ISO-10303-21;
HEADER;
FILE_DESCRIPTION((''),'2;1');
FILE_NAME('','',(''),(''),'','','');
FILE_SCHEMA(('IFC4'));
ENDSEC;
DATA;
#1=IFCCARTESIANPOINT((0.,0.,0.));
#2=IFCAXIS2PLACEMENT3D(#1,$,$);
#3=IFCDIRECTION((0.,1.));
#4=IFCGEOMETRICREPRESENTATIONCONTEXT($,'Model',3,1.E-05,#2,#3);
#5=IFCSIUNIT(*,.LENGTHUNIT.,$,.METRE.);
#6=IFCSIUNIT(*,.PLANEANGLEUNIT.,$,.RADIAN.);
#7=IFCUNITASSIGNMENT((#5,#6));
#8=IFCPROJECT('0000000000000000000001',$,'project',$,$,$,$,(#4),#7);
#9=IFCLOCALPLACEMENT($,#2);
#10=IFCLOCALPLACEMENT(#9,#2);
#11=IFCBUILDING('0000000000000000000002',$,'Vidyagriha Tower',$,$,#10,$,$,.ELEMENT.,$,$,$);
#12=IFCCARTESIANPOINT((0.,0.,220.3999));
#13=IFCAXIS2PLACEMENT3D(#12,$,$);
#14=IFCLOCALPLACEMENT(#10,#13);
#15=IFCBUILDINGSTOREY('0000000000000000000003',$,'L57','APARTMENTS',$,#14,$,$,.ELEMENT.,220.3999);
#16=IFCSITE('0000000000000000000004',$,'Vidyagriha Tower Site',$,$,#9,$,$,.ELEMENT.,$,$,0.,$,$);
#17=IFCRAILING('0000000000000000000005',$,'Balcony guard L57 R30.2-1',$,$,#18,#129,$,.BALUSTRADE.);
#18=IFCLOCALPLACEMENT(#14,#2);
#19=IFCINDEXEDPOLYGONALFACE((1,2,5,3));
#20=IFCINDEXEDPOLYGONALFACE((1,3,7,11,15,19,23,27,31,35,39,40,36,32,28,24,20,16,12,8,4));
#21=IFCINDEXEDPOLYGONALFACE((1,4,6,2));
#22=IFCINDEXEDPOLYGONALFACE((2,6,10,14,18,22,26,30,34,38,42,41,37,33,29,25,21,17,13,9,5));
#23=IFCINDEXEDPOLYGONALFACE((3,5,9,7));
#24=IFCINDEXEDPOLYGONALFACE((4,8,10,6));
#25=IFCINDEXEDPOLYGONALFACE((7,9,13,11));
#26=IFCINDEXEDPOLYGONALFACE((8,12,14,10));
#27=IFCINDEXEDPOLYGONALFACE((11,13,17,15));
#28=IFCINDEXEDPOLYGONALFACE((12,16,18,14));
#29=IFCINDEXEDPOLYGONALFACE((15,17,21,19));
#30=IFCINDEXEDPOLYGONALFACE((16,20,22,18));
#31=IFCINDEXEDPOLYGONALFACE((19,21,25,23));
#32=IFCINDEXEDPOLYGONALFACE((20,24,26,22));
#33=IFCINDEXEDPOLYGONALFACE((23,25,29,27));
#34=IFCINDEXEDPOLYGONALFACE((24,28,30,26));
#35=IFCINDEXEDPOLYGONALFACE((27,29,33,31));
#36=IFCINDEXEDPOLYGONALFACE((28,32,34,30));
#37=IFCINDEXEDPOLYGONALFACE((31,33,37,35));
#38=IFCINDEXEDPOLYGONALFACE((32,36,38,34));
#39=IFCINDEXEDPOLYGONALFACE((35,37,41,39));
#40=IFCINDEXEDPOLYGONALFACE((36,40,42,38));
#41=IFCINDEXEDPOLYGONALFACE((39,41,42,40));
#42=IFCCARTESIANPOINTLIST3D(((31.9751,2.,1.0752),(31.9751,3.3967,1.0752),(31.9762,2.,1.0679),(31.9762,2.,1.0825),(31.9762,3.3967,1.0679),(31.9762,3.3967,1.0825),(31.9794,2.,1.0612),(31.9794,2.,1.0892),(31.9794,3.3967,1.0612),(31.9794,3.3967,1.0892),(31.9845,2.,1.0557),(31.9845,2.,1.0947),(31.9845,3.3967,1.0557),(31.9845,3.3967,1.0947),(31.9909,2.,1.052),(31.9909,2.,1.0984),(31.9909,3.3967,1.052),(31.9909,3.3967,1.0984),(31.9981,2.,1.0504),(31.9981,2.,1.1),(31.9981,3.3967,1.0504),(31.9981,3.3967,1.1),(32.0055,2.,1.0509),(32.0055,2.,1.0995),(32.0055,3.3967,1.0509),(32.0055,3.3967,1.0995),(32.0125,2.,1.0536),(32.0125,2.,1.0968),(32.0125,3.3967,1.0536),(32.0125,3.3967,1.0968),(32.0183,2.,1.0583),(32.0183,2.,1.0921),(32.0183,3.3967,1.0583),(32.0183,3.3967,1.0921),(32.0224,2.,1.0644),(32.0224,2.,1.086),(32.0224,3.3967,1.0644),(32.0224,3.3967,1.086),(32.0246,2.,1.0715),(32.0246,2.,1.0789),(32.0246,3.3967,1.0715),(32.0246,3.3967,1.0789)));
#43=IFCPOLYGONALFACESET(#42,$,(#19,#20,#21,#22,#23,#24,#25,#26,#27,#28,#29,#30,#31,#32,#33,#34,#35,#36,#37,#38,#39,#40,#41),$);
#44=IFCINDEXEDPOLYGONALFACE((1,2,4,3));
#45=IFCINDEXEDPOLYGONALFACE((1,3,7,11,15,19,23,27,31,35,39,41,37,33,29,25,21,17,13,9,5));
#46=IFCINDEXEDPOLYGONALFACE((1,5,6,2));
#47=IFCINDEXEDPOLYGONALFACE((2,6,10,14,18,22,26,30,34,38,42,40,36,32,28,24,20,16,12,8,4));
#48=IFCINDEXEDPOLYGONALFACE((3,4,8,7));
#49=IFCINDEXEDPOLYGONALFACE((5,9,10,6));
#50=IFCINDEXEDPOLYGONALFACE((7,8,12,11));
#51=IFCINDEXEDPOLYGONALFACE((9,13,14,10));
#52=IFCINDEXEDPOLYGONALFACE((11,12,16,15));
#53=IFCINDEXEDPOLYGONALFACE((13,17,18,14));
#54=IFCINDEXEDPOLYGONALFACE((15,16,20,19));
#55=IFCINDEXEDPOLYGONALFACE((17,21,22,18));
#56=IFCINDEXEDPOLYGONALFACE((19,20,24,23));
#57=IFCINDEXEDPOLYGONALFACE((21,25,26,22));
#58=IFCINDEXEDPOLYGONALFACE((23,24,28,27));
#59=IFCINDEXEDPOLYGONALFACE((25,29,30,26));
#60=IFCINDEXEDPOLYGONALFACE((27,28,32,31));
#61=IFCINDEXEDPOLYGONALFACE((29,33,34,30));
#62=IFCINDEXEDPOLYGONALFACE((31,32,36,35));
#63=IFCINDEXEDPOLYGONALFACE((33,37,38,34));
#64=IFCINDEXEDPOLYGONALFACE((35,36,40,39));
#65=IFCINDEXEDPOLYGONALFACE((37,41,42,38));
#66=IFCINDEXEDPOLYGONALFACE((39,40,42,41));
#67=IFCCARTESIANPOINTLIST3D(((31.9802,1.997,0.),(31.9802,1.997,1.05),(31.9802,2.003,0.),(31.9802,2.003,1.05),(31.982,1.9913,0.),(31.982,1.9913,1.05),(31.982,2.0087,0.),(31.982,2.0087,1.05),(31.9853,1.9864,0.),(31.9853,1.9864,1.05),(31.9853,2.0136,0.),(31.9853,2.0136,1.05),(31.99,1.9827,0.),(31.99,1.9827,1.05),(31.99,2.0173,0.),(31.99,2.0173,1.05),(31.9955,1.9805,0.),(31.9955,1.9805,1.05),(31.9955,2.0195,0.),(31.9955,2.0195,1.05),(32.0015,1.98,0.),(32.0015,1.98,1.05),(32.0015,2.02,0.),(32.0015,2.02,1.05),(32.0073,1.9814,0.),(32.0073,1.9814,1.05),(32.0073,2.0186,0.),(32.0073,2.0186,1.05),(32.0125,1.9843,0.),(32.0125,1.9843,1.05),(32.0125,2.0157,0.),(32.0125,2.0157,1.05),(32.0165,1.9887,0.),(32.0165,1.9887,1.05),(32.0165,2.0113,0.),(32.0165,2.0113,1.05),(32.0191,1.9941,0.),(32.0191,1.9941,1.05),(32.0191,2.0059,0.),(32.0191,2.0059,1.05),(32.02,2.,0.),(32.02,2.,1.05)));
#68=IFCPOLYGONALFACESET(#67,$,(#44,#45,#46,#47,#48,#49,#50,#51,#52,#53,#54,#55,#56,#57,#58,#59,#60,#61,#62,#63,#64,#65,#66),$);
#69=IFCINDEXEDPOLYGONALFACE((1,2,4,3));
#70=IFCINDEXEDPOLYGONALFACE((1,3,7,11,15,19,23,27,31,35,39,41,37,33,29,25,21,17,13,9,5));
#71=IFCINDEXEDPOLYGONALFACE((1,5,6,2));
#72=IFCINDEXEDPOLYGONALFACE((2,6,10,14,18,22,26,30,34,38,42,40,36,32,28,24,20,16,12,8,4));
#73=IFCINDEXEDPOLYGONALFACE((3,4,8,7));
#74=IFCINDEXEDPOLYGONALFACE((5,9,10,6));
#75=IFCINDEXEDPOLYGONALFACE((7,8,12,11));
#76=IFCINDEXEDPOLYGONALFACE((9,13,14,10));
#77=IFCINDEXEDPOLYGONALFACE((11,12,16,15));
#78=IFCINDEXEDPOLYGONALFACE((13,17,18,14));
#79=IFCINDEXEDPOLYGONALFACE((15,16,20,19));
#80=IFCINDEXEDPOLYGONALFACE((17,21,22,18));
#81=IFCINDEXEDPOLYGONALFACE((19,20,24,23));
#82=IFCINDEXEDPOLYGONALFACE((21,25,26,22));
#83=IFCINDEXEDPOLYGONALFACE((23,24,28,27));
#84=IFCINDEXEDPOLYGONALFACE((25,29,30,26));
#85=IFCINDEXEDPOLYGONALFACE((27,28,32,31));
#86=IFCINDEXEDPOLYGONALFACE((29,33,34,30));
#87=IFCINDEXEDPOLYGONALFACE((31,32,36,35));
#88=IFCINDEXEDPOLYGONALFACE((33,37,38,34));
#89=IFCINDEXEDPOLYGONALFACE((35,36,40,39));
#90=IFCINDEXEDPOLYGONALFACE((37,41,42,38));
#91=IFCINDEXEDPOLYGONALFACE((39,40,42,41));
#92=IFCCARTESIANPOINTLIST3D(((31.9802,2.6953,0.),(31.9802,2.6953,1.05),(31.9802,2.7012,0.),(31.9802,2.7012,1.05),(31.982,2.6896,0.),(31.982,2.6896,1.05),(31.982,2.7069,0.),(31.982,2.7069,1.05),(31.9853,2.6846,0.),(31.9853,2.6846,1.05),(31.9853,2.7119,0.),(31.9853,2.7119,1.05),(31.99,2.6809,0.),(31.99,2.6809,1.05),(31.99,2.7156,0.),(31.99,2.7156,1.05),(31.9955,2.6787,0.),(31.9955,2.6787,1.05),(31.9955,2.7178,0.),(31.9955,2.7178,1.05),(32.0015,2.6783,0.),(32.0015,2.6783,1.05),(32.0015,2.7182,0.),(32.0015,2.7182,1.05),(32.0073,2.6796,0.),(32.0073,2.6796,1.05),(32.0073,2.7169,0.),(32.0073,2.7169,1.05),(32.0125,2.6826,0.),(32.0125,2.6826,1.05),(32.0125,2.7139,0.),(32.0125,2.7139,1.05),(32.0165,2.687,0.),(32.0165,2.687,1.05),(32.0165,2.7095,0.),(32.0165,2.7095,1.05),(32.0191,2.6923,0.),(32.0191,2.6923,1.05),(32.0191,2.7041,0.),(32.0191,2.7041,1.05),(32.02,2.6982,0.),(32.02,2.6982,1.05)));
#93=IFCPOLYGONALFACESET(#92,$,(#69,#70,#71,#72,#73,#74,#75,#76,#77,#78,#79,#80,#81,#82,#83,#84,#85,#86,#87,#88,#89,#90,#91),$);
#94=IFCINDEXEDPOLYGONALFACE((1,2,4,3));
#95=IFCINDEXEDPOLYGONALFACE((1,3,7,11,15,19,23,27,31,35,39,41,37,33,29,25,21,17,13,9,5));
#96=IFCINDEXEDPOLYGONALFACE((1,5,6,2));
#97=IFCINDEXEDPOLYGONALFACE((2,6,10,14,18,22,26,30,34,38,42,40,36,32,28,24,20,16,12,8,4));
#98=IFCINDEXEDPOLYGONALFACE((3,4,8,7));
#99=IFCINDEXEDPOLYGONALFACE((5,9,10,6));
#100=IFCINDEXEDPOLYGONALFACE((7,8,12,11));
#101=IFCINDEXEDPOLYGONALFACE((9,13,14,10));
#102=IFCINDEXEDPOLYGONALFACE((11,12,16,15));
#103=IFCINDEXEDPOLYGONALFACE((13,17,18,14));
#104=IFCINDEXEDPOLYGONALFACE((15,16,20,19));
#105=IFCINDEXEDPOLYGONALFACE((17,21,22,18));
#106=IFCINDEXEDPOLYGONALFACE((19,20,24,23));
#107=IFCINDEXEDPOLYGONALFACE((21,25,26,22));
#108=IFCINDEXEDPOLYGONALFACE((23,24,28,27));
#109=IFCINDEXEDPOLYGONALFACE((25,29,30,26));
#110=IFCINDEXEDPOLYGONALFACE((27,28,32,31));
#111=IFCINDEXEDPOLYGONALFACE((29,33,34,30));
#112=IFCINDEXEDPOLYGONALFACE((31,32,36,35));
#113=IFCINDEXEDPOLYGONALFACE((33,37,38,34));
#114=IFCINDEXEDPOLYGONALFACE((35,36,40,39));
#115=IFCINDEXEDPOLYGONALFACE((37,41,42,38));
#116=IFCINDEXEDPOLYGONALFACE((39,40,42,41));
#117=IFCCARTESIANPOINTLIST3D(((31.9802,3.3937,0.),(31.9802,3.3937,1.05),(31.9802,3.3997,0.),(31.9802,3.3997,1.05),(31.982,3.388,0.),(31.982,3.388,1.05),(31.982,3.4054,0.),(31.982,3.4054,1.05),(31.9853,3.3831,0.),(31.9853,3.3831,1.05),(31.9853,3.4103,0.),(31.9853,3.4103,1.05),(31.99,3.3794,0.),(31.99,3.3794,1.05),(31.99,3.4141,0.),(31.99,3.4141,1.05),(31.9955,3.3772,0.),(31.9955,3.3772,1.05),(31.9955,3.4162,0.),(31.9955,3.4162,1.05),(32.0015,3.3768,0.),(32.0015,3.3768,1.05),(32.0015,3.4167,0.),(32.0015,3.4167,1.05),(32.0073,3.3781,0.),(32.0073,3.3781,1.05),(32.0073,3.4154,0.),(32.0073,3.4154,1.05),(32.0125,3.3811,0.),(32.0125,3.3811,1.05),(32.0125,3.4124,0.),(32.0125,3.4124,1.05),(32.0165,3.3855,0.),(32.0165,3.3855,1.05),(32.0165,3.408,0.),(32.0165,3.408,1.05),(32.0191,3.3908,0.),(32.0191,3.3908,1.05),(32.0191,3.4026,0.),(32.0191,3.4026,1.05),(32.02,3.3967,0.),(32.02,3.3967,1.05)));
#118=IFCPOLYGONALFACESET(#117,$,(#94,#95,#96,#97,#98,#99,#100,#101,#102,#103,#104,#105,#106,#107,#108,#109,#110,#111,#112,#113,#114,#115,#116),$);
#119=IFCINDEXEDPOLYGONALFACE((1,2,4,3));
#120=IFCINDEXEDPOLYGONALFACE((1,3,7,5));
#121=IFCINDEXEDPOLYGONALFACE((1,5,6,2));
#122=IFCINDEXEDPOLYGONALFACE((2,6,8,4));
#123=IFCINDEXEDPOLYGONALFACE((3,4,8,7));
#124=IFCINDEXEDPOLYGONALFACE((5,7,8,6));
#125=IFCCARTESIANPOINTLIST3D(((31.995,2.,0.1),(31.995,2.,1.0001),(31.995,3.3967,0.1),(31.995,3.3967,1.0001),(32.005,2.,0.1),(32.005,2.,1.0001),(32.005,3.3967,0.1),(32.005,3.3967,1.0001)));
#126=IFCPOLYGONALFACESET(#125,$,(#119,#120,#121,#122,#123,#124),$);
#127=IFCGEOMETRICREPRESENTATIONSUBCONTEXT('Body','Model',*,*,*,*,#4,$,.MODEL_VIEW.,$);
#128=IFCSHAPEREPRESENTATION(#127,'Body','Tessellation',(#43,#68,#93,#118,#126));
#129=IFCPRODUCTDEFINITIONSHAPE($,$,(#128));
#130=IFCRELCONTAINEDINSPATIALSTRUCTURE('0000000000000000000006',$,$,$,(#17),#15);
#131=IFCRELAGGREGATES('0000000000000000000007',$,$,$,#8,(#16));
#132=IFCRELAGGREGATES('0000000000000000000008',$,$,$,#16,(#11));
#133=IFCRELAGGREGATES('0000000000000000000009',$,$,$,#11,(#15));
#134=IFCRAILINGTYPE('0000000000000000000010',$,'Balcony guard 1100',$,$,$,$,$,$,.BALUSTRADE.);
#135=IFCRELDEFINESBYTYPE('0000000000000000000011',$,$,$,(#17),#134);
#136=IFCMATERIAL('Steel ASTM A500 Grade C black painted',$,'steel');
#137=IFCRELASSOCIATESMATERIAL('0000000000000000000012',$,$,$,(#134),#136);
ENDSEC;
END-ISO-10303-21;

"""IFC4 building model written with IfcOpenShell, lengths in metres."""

from ifc_helpers import new_model, si_unit, direction, frame, origin, origin_2d, place, context, subcontext, project, spatial, rectangle, circle, extrude, material, type_object, element, save


model = new_model("IFC4")

# Units and contexts
model_context = context("Model", 3, precision=1e-05, world=origin(), true_north=direction((0.0, 1.0)))
body_context = subcontext(model_context, "Body", "Model", "MODEL_VIEW")
ifc_project = project(units=[si_unit("LENGTHUNIT", "METRE"), si_unit("PLANEANGLEUNIT", "RADIAN")], contexts=[model_context])

# Site, building, storey
site_placement = place(None, origin())
site = spatial("IfcSite", under=ifc_project, at=site_placement, Name="Vidyagriha Tower Site", CompositionType="ELEMENT", RefElevation=0.0)
building_placement = place(site_placement, origin())
building = spatial("IfcBuilding", under=site, at=building_placement, Name="Vidyagriha Tower", CompositionType="ELEMENT")
storey_placement = place(building_placement, frame((0.0, 0.0, 220.3999)))
storey = spatial("IfcBuildingStorey", under=building, at=storey_placement, Name="L57", Description="APARTMENTS", CompositionType="ELEMENT", Elevation=220.3999)

# Railing
ifc_material_1 = material(Name="Steel ASTM A500 Grade C black painted", Category="steel")
railing_type_1 = type_object("IfcRailingType", Name="Balcony guard 1100", PredefinedType="BALUSTRADE", material=ifc_material_1)
railing_1_placement = place(storey_placement, frame((32.0, 2.0, 0.0)))
element("IfcRailing", 1, at=railing_1_placement, inside=storey, type_object=railing_type_1, Name="Balcony guard L57 R30.2-1", PredefinedType="BALUSTRADE", context=body_context, shape_type="SweptSolid", body=[
    extrude(circle(Radius=0.0249, at=origin_2d()), frame((0.0, 0.0, 1.0752), z_axis=(0.0, 1.0, 0.0), x_axis=(-1.0, 0.0, 0.0)), (0.0, 0.0, 1.0), 1.3967),
    extrude(circle(Radius=0.02, at=origin_2d()), origin(), (0.0, 0.0, 1.0), 1.05),
    extrude(circle(Radius=0.02, at=origin_2d()), frame((0.0, 0.6982, 0.0)), (0.0, 0.0, 1.0), 1.05),
    extrude(circle(Radius=0.02, at=origin_2d()), frame((0.0, 1.3967, 0.0)), (0.0, 0.0, 1.0), 1.05),
    extrude(rectangle(XDim=0.01, YDim=0.9001, at=origin_2d()), frame((0.0, 0.0, 0.55), z_axis=(0.0, 1.0, 0.0), x_axis=(-1.0, 0.0, 0.0)), (0.0, 0.0, 1.0), 1.3967),
])

save(model, "model.ifc")
